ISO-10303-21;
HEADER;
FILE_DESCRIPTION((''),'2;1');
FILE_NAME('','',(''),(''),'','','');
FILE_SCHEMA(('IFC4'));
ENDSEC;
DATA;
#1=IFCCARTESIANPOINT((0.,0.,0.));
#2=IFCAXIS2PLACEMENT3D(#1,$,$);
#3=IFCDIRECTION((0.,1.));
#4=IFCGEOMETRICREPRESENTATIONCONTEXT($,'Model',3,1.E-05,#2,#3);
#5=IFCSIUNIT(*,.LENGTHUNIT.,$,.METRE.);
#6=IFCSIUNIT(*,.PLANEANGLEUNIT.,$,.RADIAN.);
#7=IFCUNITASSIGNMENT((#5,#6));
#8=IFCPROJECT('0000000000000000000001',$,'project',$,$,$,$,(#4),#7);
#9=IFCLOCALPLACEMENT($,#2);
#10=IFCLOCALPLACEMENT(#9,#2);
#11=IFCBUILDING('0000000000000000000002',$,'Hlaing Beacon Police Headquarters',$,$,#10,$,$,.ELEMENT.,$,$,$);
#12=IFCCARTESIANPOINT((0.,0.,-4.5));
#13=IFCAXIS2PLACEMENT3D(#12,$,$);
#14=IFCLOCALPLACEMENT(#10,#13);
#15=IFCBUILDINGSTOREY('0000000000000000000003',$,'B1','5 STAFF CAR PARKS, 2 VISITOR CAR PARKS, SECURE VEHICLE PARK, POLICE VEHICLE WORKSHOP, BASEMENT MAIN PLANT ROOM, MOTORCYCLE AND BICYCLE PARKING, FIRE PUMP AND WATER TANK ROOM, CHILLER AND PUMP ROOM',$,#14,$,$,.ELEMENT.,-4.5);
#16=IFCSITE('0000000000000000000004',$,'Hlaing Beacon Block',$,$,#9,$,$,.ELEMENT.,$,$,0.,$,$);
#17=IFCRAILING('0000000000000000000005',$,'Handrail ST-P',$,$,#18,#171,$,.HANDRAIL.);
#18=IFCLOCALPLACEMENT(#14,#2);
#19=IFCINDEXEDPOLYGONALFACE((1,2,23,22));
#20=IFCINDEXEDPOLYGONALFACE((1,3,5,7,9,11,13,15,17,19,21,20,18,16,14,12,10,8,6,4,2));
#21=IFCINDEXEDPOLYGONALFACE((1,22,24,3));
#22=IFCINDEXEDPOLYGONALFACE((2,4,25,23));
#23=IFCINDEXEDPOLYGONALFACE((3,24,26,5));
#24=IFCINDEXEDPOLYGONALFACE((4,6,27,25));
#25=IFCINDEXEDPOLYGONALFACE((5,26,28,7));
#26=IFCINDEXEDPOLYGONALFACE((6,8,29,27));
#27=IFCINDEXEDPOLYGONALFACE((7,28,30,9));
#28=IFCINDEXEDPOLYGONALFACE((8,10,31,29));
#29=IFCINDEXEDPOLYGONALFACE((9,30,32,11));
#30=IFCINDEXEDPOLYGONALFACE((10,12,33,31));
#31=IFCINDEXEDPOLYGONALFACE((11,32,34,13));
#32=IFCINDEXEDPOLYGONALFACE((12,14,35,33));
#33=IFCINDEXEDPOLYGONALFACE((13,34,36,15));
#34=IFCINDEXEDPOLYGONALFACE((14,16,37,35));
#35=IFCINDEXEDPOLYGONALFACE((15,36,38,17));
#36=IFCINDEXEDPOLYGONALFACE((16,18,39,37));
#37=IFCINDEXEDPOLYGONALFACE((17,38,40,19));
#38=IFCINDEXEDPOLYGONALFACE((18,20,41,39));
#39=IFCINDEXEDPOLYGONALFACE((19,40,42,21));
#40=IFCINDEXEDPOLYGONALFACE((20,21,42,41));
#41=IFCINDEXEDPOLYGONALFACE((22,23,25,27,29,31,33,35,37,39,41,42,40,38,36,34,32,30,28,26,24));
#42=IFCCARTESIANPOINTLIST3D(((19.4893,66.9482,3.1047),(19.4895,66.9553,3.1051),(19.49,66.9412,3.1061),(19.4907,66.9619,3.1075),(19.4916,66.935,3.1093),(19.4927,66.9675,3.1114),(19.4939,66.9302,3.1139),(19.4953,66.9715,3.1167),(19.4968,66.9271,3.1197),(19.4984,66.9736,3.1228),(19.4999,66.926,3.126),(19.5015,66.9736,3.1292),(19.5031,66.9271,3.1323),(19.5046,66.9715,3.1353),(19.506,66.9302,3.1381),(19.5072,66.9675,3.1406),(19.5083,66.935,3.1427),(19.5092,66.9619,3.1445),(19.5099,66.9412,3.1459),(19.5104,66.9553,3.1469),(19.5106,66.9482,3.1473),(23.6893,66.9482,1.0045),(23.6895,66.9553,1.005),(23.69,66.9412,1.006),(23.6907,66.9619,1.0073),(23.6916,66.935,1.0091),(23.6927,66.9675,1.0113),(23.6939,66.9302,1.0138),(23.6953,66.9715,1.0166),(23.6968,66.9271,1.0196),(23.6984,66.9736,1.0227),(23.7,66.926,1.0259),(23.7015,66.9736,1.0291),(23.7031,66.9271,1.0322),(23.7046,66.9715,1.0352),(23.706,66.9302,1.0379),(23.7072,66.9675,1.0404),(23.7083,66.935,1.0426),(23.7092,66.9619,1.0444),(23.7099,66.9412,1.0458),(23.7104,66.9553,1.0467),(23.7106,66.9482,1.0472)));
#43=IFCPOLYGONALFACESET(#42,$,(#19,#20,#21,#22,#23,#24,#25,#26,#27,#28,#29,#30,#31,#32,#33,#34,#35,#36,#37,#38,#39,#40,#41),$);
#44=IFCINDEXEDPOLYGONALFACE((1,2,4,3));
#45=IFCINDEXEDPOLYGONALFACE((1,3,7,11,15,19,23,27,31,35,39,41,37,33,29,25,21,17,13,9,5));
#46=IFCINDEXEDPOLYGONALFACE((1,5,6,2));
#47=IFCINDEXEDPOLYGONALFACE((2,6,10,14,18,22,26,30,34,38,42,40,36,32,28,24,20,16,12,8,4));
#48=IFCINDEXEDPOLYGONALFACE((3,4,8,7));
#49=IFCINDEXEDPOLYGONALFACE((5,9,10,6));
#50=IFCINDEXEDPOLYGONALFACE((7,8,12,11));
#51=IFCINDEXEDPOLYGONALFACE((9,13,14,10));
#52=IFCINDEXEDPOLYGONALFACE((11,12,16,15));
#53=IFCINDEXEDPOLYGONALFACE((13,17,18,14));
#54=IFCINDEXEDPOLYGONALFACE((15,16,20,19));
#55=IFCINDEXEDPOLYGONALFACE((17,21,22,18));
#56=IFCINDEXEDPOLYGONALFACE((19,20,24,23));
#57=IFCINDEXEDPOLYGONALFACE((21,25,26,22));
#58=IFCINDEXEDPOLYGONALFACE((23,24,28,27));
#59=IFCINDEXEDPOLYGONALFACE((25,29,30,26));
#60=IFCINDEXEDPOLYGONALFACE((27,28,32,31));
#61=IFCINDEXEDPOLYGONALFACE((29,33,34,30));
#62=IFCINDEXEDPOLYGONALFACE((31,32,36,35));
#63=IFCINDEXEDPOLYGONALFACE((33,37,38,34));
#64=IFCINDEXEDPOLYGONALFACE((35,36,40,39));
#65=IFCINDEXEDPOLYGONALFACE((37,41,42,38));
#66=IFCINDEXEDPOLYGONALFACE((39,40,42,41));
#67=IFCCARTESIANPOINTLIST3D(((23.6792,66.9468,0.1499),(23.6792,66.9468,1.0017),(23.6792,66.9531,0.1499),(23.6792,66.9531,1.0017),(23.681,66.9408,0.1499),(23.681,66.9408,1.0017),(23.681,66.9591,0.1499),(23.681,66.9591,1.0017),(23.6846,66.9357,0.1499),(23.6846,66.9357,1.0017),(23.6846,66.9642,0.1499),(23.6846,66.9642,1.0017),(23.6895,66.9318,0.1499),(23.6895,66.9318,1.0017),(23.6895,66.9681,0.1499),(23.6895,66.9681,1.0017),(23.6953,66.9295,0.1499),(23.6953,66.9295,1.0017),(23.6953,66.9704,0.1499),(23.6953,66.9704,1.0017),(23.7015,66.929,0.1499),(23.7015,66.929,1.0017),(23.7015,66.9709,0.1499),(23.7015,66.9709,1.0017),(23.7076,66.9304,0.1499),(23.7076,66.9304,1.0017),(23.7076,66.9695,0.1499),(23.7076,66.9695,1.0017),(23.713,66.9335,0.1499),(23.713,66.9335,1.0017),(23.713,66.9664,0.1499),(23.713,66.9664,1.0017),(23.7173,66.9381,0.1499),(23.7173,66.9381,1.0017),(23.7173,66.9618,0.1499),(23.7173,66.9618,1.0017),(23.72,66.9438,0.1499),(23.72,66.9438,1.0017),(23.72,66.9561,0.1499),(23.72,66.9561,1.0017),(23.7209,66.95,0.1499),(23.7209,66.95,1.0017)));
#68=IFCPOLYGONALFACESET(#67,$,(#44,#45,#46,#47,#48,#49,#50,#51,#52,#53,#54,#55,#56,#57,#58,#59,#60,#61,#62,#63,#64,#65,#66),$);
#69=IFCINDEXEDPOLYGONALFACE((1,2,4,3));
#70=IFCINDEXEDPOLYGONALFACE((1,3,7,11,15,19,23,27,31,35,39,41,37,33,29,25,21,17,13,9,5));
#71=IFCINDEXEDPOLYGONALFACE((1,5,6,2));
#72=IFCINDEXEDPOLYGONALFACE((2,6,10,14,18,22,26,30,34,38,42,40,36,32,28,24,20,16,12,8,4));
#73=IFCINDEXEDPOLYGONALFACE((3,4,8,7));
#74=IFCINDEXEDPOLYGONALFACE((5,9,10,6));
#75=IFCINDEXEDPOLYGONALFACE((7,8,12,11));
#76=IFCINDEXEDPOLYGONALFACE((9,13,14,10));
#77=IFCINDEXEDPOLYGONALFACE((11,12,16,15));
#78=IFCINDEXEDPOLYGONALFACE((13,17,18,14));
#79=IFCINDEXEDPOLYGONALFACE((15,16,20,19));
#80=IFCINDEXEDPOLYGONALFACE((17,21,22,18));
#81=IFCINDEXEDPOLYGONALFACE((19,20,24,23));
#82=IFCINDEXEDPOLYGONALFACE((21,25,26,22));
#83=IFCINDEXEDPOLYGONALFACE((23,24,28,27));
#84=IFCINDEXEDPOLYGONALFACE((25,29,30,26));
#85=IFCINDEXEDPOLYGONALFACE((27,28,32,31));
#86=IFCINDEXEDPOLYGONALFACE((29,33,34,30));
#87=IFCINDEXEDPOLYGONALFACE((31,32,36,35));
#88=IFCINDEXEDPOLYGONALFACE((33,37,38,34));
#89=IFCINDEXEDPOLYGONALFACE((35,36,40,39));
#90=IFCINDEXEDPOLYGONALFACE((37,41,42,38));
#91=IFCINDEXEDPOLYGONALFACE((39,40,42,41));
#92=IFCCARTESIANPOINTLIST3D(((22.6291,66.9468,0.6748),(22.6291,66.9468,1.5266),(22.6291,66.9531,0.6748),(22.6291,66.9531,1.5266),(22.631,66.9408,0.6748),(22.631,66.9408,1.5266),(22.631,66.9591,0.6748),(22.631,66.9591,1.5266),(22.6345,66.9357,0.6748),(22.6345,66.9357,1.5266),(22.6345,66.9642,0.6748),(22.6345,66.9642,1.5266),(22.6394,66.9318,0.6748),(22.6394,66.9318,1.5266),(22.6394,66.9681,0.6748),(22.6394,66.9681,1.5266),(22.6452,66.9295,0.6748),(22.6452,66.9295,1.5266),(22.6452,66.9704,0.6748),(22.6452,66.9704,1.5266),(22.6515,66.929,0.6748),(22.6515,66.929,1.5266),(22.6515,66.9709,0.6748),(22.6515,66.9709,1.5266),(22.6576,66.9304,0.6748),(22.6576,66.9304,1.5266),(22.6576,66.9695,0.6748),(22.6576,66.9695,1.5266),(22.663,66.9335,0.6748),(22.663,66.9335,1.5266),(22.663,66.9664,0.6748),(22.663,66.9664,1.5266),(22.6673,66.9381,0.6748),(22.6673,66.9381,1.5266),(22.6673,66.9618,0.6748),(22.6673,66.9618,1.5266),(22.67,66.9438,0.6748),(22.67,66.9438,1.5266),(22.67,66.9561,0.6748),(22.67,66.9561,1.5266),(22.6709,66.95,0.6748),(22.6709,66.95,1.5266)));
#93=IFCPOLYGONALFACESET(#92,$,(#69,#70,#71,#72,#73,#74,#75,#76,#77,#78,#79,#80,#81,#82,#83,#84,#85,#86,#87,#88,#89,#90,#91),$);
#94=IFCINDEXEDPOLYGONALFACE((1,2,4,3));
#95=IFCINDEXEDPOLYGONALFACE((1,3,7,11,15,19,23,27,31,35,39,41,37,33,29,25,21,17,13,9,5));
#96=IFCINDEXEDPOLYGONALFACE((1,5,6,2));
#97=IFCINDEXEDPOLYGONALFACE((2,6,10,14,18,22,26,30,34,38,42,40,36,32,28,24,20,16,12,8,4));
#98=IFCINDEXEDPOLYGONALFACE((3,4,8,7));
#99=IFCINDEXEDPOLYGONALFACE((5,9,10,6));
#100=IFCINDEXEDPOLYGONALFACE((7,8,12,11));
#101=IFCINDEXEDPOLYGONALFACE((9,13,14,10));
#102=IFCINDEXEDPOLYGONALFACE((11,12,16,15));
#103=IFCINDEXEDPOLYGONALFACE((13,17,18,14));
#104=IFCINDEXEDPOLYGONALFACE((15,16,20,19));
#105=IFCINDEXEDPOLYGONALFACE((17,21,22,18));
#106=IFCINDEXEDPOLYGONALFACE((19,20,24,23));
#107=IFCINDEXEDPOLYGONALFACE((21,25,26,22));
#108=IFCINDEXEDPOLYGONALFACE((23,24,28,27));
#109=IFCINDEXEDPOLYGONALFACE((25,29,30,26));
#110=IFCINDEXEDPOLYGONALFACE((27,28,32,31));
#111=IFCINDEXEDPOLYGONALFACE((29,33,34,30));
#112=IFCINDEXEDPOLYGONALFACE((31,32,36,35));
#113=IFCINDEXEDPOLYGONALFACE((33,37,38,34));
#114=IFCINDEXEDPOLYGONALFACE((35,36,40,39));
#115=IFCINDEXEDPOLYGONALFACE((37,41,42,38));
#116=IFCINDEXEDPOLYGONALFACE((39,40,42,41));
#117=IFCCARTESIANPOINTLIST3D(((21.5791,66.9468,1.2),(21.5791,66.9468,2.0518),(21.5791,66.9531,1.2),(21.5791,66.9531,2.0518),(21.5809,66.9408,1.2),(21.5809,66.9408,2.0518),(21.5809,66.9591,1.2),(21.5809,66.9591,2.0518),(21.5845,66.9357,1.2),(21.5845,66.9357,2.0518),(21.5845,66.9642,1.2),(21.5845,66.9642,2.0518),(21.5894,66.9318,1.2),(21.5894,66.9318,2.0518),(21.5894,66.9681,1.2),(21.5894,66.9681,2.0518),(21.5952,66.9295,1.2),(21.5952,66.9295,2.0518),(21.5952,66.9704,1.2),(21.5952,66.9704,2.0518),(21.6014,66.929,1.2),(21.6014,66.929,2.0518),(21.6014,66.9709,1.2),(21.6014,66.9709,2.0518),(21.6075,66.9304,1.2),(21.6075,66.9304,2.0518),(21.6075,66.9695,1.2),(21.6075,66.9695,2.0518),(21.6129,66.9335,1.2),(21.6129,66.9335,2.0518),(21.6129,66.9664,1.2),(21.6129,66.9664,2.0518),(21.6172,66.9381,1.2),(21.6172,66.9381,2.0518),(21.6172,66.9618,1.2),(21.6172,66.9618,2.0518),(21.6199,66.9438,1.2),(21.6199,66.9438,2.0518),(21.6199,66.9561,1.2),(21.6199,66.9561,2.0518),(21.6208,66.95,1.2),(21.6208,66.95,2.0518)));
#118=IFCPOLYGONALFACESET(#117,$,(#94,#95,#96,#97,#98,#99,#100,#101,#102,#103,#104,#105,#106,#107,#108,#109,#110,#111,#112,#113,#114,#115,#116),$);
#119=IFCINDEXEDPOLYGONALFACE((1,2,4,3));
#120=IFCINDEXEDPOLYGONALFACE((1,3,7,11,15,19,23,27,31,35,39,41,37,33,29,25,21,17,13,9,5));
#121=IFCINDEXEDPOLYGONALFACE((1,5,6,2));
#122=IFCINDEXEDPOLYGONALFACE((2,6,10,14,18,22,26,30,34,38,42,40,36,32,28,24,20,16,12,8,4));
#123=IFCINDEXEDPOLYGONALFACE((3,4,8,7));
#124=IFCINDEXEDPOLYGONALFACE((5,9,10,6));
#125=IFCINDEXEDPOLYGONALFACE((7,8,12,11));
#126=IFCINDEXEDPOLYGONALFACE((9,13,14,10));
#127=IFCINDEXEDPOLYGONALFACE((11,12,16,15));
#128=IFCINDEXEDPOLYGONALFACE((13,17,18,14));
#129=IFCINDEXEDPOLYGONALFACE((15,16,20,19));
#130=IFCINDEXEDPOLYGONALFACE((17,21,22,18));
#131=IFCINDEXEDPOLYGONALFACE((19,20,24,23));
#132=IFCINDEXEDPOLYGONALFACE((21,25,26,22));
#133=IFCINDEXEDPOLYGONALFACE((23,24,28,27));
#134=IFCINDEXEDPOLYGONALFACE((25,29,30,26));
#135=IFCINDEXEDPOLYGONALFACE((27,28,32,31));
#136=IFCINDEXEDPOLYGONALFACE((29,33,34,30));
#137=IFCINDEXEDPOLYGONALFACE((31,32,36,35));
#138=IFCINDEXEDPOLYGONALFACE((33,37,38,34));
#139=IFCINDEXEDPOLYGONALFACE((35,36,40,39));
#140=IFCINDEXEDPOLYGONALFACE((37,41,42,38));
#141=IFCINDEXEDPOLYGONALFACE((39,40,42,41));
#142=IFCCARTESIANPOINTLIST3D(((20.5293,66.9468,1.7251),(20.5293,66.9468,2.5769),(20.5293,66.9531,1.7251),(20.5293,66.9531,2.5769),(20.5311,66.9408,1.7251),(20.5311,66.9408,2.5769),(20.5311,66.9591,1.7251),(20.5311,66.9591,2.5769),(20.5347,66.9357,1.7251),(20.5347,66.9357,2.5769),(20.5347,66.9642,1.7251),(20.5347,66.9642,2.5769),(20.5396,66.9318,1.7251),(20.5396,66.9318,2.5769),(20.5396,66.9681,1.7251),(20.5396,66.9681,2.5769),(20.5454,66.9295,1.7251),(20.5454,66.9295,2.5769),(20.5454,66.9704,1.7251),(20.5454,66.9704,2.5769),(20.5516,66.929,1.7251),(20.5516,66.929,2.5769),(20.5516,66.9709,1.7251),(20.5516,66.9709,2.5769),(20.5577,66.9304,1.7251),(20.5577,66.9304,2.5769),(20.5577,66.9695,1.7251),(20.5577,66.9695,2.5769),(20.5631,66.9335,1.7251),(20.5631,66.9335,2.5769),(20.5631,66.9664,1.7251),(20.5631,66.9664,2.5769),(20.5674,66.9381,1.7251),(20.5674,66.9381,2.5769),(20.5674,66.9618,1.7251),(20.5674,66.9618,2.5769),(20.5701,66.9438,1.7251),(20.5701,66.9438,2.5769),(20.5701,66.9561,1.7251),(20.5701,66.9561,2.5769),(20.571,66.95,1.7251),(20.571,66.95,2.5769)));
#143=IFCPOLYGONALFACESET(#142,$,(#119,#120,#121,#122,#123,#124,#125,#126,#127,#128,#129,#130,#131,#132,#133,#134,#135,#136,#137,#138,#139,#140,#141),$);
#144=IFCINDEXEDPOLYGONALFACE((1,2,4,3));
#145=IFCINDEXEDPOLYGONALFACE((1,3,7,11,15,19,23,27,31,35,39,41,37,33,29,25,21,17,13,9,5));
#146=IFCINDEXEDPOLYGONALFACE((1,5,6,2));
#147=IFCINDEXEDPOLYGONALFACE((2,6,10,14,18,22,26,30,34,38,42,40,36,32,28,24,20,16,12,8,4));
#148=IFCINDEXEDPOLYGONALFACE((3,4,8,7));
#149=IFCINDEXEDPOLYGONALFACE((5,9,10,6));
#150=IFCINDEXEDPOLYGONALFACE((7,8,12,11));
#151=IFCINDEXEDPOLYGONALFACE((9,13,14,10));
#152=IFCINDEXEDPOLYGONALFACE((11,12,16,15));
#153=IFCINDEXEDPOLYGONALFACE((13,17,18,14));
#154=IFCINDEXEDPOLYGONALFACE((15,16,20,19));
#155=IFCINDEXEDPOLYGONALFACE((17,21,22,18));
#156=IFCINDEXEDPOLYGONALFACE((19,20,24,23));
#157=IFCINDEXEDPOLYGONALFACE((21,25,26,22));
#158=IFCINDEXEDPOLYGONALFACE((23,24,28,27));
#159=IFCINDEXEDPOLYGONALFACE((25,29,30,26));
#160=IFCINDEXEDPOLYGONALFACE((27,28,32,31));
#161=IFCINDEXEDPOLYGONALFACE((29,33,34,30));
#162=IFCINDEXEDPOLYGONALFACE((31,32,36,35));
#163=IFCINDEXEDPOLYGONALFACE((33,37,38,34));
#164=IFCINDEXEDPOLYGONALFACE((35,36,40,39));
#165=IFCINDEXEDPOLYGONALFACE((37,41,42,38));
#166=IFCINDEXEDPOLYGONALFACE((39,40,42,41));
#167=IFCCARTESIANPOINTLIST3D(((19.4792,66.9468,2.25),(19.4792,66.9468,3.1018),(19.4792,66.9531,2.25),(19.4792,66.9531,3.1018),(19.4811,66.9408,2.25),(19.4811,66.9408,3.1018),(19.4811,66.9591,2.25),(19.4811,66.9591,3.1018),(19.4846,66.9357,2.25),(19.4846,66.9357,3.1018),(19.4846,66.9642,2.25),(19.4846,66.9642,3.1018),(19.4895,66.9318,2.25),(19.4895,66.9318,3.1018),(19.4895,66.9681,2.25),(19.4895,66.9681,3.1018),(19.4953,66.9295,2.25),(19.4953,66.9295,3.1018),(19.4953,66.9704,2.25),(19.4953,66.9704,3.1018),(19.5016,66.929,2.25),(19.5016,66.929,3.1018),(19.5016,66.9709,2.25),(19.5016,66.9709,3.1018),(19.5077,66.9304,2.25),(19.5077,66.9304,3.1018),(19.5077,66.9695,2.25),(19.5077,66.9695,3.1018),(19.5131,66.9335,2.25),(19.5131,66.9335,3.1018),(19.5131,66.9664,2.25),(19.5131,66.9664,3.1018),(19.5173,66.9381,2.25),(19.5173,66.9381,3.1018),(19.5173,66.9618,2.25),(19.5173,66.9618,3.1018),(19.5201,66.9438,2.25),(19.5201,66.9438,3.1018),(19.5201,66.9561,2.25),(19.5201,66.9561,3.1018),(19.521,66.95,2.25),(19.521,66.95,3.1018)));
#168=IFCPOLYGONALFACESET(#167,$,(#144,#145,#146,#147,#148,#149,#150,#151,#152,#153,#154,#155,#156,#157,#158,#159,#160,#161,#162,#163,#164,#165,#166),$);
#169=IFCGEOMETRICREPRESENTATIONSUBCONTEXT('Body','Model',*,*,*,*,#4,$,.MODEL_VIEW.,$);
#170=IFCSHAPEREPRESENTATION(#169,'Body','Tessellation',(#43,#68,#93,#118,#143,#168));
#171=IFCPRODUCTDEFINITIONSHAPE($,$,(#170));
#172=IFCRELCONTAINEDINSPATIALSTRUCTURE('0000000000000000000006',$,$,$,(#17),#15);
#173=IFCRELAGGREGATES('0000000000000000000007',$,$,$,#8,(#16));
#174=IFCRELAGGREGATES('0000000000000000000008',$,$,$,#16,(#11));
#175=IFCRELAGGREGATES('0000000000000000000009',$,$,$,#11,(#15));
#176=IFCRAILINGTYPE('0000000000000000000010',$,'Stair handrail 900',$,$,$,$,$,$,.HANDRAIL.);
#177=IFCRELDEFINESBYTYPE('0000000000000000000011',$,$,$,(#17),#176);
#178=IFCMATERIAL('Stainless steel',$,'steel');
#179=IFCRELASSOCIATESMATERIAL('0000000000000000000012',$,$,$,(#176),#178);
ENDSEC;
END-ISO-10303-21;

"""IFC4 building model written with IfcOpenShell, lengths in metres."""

from ifc_helpers import new_model, si_unit, direction, frame, origin, origin_2d, place, context, subcontext, project, spatial, circle, extrude, material, type_object, element, save


model = new_model("IFC4")

# Units and contexts
model_context = context("Model", 3, precision=1e-05, world=origin(), true_north=direction((0.0, 1.0)))
body_context = subcontext(model_context, "Body", "Model", "MODEL_VIEW")
ifc_project = project(units=[si_unit("LENGTHUNIT", "METRE"), si_unit("PLANEANGLEUNIT", "RADIAN")], contexts=[model_context])

# Site, building, storey
site_placement = place(None, origin())
site = spatial("IfcSite", under=ifc_project, at=site_placement, Name="Hlaing Beacon Block", CompositionType="ELEMENT", RefElevation=0.0)
building_placement = place(site_placement, origin())
building = spatial("IfcBuilding", under=site, at=building_placement, Name="Hlaing Beacon Police Headquarters", CompositionType="ELEMENT")
storey_placement = place(building_placement, frame((0.0, 0.0, -4.5)))
storey = spatial("IfcBuildingStorey", under=building, at=storey_placement, Name="B1", Description="5 STAFF CAR PARKS, 2 VISITOR CAR PARKS, SECURE VEHICLE PARK, POLICE VEHICLE WORKSHOP, BASEMENT MAIN PLANT ROOM, MOTORCYCLE AND BICYCLE PARKING, FIRE PUMP AND WATER TANK ROOM, CHILLER AND PUMP ROOM", CompositionType="ELEMENT", Elevation=-4.5)

# Railing
ifc_material_1 = material(Name="Stainless steel", Category="steel")
railing_type = type_object("IfcRailingType", Name="Stair handrail 900", PredefinedType="HANDRAIL", material=ifc_material_1)
railing_placement = place(storey_placement, frame((23.7, 66.95, 0.1499)))
element("IfcRailing", 1, at=railing_placement, inside=storey, type_object=railing_type, Name="Handrail ST-P", PredefinedType="HANDRAIL", context=body_context, shape_type="SweptSolid", body=[
    extrude(circle(Radius=0.0239, at=origin_2d()), frame((0.0, 0.0, 0.876), z_axis=(-0.894417, 0.0, 0.447234), x_axis=(0.0, -1.0, 0.0)), (0.0, 0.0, 1.0), 4.6958),
    extrude(circle(Radius=0.021, at=origin_2d()), origin(), (0.0, 0.0, 1.0), 0.8518),
    extrude(circle(Radius=0.021, at=origin_2d()), frame((-1.05, 0.0, 0.5249)), (0.0, 0.0, 1.0), 0.8518),
    extrude(circle(Radius=0.021, at=origin_2d()), frame((-2.1001, 0.0, 1.05)), (0.0, 0.0, 1.0), 0.8518),
    extrude(circle(Radius=0.021, at=origin_2d()), frame((-3.1499, 0.0, 1.5752)), (0.0, 0.0, 1.0), 0.8518),
    extrude(circle(Radius=0.021, at=origin_2d()), frame((-4.2, 0.0, 2.1001)), (0.0, 0.0, 1.0), 0.8518),
])

save(model, "model.ifc")
